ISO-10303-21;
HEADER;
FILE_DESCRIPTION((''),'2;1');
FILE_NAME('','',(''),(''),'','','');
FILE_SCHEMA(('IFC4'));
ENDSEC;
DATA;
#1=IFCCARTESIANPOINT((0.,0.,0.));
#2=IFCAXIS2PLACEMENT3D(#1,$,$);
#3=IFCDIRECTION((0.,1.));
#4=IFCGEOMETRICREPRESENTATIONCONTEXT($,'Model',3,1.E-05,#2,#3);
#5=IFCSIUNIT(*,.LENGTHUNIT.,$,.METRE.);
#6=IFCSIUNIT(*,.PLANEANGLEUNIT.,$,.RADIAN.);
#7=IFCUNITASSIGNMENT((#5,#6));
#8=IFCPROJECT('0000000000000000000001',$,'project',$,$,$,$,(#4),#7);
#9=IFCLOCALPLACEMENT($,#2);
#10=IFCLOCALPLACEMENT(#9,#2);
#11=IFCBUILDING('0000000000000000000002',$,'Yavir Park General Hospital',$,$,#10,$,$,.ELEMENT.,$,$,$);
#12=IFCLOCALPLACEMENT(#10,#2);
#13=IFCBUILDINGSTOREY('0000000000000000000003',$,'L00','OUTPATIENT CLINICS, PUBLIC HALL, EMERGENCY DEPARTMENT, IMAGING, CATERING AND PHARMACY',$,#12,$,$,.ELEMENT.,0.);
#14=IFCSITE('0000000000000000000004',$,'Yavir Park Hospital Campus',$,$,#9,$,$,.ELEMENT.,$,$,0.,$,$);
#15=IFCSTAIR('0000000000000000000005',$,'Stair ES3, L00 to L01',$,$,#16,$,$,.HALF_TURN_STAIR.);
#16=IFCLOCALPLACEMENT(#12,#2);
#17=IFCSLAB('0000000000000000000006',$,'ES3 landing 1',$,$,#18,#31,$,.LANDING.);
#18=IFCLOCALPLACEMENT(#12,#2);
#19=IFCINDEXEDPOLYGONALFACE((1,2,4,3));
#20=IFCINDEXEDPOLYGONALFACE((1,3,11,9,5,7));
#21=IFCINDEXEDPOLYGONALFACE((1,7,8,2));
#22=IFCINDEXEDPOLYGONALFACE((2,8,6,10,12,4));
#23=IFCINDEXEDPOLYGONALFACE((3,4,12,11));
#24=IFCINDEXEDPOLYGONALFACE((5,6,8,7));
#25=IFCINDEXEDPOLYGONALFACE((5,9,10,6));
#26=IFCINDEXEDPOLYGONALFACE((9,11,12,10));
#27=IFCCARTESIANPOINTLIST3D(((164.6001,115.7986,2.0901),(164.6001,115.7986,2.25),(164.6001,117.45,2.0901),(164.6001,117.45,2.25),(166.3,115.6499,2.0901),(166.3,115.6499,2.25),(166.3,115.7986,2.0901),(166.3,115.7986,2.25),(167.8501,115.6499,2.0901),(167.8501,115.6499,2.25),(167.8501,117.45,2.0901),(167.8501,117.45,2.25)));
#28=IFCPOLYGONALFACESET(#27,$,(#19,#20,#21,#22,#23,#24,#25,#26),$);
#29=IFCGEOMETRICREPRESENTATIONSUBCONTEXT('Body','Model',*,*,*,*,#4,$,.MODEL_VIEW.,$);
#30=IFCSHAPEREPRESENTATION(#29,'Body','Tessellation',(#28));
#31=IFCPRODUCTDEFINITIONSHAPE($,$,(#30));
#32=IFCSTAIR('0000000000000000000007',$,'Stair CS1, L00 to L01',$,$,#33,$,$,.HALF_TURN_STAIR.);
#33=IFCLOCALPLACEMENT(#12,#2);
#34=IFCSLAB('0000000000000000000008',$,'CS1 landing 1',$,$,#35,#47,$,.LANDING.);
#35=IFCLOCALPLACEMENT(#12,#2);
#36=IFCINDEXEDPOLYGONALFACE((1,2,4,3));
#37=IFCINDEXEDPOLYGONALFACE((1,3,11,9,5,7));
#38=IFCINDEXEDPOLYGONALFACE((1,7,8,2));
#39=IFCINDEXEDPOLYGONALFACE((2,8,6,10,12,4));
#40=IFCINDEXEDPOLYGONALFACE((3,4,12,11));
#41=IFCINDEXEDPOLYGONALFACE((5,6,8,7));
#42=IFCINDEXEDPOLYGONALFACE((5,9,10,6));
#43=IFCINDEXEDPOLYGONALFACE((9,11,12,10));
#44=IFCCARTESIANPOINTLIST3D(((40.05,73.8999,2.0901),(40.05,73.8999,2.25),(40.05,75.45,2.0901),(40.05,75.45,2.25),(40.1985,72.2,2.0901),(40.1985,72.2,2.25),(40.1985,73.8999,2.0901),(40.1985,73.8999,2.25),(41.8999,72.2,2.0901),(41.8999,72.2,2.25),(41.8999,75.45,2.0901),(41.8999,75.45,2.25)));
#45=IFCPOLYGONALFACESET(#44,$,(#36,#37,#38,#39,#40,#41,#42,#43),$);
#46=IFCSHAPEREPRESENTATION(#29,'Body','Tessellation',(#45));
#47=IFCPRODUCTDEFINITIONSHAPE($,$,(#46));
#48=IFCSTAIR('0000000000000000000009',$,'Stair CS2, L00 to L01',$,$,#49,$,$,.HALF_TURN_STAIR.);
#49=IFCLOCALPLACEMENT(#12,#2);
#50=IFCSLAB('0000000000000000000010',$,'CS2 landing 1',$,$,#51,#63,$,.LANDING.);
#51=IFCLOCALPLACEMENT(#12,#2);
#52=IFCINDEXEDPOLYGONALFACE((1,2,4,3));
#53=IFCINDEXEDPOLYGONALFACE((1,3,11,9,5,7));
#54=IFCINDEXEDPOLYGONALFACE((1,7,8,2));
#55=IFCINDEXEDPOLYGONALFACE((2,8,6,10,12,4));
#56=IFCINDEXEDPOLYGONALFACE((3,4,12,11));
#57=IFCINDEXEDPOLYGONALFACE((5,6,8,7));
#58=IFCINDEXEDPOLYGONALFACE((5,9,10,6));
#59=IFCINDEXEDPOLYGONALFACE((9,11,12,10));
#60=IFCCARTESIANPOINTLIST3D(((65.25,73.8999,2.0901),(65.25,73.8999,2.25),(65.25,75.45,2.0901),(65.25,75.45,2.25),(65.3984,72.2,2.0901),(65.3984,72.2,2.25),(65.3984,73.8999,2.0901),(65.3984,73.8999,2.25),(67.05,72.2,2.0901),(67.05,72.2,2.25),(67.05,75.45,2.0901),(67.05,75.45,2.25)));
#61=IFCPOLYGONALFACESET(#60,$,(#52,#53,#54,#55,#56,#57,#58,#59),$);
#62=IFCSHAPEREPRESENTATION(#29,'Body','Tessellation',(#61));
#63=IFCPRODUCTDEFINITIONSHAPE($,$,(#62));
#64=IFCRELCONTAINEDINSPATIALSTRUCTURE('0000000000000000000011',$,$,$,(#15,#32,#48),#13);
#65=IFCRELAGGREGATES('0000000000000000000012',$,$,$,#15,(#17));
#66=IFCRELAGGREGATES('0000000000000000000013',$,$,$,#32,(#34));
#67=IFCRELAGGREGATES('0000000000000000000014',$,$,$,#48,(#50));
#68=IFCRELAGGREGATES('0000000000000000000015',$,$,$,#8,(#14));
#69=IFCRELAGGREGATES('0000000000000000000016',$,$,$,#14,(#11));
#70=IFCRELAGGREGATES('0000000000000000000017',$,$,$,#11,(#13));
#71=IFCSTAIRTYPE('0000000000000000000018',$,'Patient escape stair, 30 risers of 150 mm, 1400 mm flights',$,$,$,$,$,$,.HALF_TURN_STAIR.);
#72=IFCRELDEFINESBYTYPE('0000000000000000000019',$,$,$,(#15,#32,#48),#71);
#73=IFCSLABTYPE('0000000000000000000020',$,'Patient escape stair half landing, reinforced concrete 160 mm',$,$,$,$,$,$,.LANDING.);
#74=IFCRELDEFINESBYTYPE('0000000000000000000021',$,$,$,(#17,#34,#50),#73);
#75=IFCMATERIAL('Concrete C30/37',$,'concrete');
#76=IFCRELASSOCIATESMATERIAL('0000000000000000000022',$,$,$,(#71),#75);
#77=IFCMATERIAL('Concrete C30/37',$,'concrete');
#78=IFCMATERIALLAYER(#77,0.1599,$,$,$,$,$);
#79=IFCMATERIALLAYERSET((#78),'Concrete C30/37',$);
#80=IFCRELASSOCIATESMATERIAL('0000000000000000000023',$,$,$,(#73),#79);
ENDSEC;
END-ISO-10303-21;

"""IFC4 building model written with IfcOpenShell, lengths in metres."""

from ifc_helpers import new_model, si_unit, direction, frame, origin, place, context, subcontext, project, spatial, polyline, outline, extrude, material, layer, layer_set, type_object, element, aggregate, save


model = new_model("IFC4")

# Units and contexts
model_context = context("Model", 3, precision=1e-05, world=origin(), true_north=direction((0.0, 1.0)))
body_context = subcontext(model_context, "Body", "Model", "MODEL_VIEW")
ifc_project = project(units=[si_unit("LENGTHUNIT", "METRE"), si_unit("PLANEANGLEUNIT", "RADIAN")], contexts=[model_context])

# Site, building, storey
site_placement = place(None, origin())
site = spatial("IfcSite", under=ifc_project, at=site_placement, Name="Yavir Park Hospital Campus", CompositionType="ELEMENT", RefElevation=0.0)
building_placement = place(site_placement, origin())
building = spatial("IfcBuilding", under=site, at=building_placement, Name="Yavir Park General Hospital", CompositionType="ELEMENT")
storey_placement = place(building_placement, origin())
storey = spatial("IfcBuildingStorey", under=building, at=storey_placement, Name="L00", Description="OUTPATIENT CLINICS, PUBLIC HALL, EMERGENCY DEPARTMENT, IMAGING, CATERING AND PHARMACY", CompositionType="ELEMENT", Elevation=0.0)

# Stairs, slabs
ifc_material_1 = material(Name="Concrete C30/37", Category="concrete")
stair_type = type_object("IfcStairType", Name="Patient escape stair, 30 risers of 150 mm, 1400 mm flights", PredefinedType="HALF_TURN_STAIR", material=ifc_material_1)
ifc_material_2 = material(Name="Concrete C30/37", Category="concrete")
ifc_layer = layer(ifc_material_2, 0.1599)
ifc_layer_set = layer_set([ifc_layer], Name="Concrete C30/37")
slab_type = type_object("IfcSlabType", Name="Patient escape stair half landing, reinforced concrete 160 mm", PredefinedType="LANDING", material=ifc_layer_set)
stair_1_placement = place(storey_placement, origin())
stair_1 = element("IfcStair", 1, at=stair_1_placement, inside=storey, type_object=stair_type, Name="Stair ES3, L00 to L01", PredefinedType="HALF_TURN_STAIR")
slab_1_placement = place(storey_placement, frame((0.0, 0.0, 2.0901)))
slab_1 = element("IfcSlab", 2, at=slab_1_placement, type_object=slab_type, Name="ES3 landing 1", PredefinedType="LANDING", context=body_context, shape_type="SweptSolid", body=[
    extrude(outline(polyline([(164.6001, 115.7986), (164.6001, 117.45), (167.8501, 117.45), (167.8501, 115.6499), (166.3, 115.6499), (166.3, 115.7986), (164.6001, 115.7986)])), origin(), (0.0, 0.0, 1.0), 0.1599),
])
aggregate(stair_1, [slab_1])
stair_2_placement = place(storey_placement, origin())
stair_2 = element("IfcStair", 3, at=stair_2_placement, inside=storey, type_object=stair_type, Name="Stair CS1, L00 to L01", PredefinedType="HALF_TURN_STAIR")
slab_2_placement = place(storey_placement, frame((0.0, 0.0, 2.0901)))
slab_2 = element("IfcSlab", 4, at=slab_2_placement, type_object=slab_type, Name="CS1 landing 1", PredefinedType="LANDING", context=body_context, shape_type="SweptSolid", body=[
    extrude(outline(polyline([(40.1985, 72.2), (41.8999, 72.2), (41.8999, 75.45), (40.05, 75.45), (40.05, 73.8999), (40.1985, 73.8999), (40.1985, 72.2)])), origin(), (0.0, 0.0, 1.0), 0.1599),
])
aggregate(stair_2, [slab_2])
stair_3_placement = place(storey_placement, origin())
stair_3 = element("IfcStair", 5, at=stair_3_placement, inside=storey, type_object=stair_type, Name="Stair CS2, L00 to L01", PredefinedType="HALF_TURN_STAIR")
slab_3_placement = place(storey_placement, frame((0.0, 0.0, 2.0901)))
slab_3 = element("IfcSlab", 6, at=slab_3_placement, type_object=slab_type, Name="CS2 landing 1", PredefinedType="LANDING", context=body_context, shape_type="SweptSolid", body=[
    extrude(outline(polyline([(65.3984, 72.2), (67.05, 72.2), (67.05, 75.45), (65.25, 75.45), (65.25, 73.8999), (65.3984, 73.8999), (65.3984, 72.2)])), origin(), (0.0, 0.0, 1.0), 0.1599),
])
aggregate(stair_3, [slab_3])

save(model, "model.ifc")
